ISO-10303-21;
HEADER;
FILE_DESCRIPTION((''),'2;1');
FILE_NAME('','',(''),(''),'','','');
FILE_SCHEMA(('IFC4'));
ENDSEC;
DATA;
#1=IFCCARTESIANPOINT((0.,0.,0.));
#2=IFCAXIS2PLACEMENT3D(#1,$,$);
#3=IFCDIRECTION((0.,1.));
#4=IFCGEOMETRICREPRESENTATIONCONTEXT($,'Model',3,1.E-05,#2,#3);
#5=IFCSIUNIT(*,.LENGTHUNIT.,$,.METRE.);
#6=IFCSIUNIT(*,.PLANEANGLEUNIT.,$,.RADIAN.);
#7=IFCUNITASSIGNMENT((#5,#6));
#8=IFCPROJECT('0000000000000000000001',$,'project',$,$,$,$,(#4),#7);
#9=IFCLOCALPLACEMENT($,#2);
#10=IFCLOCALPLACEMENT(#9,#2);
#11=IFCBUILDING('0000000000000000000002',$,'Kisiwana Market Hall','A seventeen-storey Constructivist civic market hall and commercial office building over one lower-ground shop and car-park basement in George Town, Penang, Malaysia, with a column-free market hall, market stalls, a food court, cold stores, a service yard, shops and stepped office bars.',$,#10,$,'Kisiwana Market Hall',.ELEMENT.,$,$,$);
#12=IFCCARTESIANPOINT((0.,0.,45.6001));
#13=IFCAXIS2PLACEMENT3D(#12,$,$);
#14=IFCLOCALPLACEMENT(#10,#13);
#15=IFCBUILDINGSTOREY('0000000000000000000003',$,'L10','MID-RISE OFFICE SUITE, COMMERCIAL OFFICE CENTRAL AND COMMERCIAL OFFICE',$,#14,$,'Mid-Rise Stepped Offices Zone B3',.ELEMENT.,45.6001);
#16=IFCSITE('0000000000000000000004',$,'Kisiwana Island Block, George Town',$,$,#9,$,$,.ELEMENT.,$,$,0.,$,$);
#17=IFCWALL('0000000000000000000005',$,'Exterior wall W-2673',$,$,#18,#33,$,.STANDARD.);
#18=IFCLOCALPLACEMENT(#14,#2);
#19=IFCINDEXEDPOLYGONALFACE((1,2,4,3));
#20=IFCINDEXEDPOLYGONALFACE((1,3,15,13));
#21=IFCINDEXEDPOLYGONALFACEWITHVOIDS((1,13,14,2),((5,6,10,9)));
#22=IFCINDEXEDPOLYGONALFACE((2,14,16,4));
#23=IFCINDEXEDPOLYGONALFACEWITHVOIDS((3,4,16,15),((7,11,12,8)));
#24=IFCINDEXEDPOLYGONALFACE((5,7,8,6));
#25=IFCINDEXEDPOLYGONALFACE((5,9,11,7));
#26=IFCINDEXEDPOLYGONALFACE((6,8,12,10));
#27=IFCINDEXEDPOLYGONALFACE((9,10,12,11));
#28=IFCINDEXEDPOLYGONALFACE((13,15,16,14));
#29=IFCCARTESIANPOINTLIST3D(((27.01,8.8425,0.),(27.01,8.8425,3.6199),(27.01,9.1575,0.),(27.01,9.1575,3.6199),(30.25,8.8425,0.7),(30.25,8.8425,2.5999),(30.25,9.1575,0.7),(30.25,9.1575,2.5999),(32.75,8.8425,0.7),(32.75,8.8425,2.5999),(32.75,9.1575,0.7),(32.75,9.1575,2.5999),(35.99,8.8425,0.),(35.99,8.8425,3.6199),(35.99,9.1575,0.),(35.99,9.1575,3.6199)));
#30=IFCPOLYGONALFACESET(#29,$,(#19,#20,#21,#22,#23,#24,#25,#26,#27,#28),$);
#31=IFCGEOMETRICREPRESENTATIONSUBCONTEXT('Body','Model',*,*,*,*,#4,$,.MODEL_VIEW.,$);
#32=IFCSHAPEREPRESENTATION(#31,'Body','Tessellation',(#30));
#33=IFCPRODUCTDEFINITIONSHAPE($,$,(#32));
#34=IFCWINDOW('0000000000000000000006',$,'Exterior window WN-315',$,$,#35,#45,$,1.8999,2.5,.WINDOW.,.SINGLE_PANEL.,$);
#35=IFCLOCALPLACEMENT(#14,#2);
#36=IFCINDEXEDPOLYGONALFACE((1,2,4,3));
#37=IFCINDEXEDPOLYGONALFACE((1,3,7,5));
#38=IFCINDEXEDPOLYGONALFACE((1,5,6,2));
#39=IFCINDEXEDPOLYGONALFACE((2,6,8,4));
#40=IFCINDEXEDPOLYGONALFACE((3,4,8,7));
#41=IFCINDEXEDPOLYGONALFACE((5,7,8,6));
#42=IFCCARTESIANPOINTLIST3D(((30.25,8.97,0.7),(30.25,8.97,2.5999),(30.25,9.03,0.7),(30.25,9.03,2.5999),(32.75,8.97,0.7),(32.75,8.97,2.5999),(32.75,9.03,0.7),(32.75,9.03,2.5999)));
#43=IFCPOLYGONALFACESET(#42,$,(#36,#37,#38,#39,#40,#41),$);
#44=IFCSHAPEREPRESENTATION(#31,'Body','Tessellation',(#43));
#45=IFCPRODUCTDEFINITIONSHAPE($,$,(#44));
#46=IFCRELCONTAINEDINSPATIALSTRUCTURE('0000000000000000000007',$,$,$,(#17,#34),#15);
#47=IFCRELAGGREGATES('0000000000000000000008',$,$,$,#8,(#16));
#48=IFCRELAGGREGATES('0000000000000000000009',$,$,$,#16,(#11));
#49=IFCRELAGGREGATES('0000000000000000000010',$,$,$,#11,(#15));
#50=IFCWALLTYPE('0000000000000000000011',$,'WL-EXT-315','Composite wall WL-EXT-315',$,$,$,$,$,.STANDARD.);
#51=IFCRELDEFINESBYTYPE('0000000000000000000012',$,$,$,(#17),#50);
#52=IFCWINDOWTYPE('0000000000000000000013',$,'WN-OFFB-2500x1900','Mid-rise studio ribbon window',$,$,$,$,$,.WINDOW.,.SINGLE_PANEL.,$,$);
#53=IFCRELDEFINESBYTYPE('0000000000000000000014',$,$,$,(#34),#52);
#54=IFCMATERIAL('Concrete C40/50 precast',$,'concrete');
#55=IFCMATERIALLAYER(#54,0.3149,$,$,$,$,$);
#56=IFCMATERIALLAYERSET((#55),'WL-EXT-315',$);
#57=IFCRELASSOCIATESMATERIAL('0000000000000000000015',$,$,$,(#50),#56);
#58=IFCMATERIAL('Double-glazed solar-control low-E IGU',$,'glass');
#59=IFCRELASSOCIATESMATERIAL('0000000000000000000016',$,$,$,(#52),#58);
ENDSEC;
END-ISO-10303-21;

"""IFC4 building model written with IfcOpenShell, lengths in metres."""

from ifc_helpers import new_model, si_unit, direction, frame, frame_2d, origin, place, context, subcontext, project, spatial, rectangle, extrude, material, layer, layer_set, type_object, element, fill, save


model = new_model("IFC4")

# Units and contexts
model_context = context("Model", 3, precision=1e-05, world=origin(), true_north=direction((0.0, 1.0)))
body_context = subcontext(model_context, "Body", "Model", "MODEL_VIEW")
ifc_project = project(units=[si_unit("LENGTHUNIT", "METRE"), si_unit("PLANEANGLEUNIT", "RADIAN")], contexts=[model_context])

# Site, building, storey
site_placement = place(None, origin())
site = spatial("IfcSite", under=ifc_project, at=site_placement, Name="Kisiwana Island Block, George Town", CompositionType="ELEMENT", RefElevation=0.0)
building_placement = place(site_placement, origin())
building = spatial("IfcBuilding", under=site, at=building_placement, Name="Kisiwana Market Hall", Description="A seventeen-storey Constructivist civic market hall and commercial office building over one lower-ground shop and car-park basement in George Town, Penang, Malaysia, with a column-free market hall, market stalls, a food court, cold stores, a service yard, shops and stepped office bars.", LongName="Kisiwana Market Hall", CompositionType="ELEMENT")
storey_placement = place(building_placement, frame((0.0, 0.0, 45.6001)))
storey = spatial("IfcBuildingStorey", under=building, at=storey_placement, Name="L10", Description="MID-RISE OFFICE SUITE, COMMERCIAL OFFICE CENTRAL AND COMMERCIAL OFFICE", LongName="Mid-Rise Stepped Offices Zone B3", CompositionType="ELEMENT", Elevation=45.6001)

# Wall, opening, window
ifc_material_1 = material(Name="Concrete C40/50 precast", Category="concrete")
ifc_layer_1 = layer(ifc_material_1, 0.3149)
ifc_layer_set_1 = layer_set([ifc_layer_1], Name="WL-EXT-315")
wall_type_1 = type_object("IfcWallType", Name="WL-EXT-315", Description="Composite wall WL-EXT-315", PredefinedType="STANDARD", material=ifc_layer_set_1)
wall_1_placement = place(storey_placement, frame((27.01, 9.0, 0.0), z_axis=(0.0, 0.0, 1.0), x_axis=(1.0, 0.0, 0.0)))
wall_1 = element("IfcWall", 1, at=wall_1_placement, inside=storey, type_object=wall_type_1, Name="Exterior wall W-2673", PredefinedType="STANDARD", context=body_context, shape_type="SweptSolid", body=[
    extrude(rectangle(XDim=8.98, YDim=0.3149, at=frame_2d((4.49, 0.0))), origin(), (0.0, 0.0, 1.0), 3.6199),
])
opening_1_placement = place(wall_1_placement, frame((3.24, 0.0, 0.7)))
opening_1 = element("IfcOpeningElement", 2, at=opening_1_placement, cuts=wall_1, PredefinedType="OPENING", context=body_context, shape_type="SweptSolid", body=[
    extrude(rectangle(XDim=2.5, YDim=1.8999, at=frame_2d((1.25, 0.95))), frame((0.0, 0.1694, 0.0), z_axis=(0.0, -1.0, 0.0), x_axis=(1.0, 0.0, 0.0)), (0.0, 0.0, 1.0), 0.3389),
])
ifc_material_2 = material(Name="Double-glazed solar-control low-E IGU", Category="glass")
window_type = type_object("IfcWindowType", Name="WN-OFFB-2500x1900", Description="Mid-rise studio ribbon window", PartitioningType="SINGLE_PANEL", PredefinedType="WINDOW", material=ifc_material_2)
window_placement = place(opening_1_placement, origin())
window = element("IfcWindow", 3, at=window_placement, inside=storey, type_object=window_type, Name="Exterior window WN-315", OverallHeight=1.8999, OverallWidth=2.5, PartitioningType="SINGLE_PANEL", PredefinedType="WINDOW", context=body_context, shape_type="SweptSolid", body=[
    extrude(rectangle(XDim=2.5, YDim=1.8999, at=frame_2d((1.25, 0.95))), frame((0.0, 0.03, 0.0), z_axis=(0.0, -1.0, 0.0), x_axis=(1.0, 0.0, 0.0)), (0.0, 0.0, 1.0), 0.0601),
])
fill(opening_1, window)

save(model, "model.ifc")
